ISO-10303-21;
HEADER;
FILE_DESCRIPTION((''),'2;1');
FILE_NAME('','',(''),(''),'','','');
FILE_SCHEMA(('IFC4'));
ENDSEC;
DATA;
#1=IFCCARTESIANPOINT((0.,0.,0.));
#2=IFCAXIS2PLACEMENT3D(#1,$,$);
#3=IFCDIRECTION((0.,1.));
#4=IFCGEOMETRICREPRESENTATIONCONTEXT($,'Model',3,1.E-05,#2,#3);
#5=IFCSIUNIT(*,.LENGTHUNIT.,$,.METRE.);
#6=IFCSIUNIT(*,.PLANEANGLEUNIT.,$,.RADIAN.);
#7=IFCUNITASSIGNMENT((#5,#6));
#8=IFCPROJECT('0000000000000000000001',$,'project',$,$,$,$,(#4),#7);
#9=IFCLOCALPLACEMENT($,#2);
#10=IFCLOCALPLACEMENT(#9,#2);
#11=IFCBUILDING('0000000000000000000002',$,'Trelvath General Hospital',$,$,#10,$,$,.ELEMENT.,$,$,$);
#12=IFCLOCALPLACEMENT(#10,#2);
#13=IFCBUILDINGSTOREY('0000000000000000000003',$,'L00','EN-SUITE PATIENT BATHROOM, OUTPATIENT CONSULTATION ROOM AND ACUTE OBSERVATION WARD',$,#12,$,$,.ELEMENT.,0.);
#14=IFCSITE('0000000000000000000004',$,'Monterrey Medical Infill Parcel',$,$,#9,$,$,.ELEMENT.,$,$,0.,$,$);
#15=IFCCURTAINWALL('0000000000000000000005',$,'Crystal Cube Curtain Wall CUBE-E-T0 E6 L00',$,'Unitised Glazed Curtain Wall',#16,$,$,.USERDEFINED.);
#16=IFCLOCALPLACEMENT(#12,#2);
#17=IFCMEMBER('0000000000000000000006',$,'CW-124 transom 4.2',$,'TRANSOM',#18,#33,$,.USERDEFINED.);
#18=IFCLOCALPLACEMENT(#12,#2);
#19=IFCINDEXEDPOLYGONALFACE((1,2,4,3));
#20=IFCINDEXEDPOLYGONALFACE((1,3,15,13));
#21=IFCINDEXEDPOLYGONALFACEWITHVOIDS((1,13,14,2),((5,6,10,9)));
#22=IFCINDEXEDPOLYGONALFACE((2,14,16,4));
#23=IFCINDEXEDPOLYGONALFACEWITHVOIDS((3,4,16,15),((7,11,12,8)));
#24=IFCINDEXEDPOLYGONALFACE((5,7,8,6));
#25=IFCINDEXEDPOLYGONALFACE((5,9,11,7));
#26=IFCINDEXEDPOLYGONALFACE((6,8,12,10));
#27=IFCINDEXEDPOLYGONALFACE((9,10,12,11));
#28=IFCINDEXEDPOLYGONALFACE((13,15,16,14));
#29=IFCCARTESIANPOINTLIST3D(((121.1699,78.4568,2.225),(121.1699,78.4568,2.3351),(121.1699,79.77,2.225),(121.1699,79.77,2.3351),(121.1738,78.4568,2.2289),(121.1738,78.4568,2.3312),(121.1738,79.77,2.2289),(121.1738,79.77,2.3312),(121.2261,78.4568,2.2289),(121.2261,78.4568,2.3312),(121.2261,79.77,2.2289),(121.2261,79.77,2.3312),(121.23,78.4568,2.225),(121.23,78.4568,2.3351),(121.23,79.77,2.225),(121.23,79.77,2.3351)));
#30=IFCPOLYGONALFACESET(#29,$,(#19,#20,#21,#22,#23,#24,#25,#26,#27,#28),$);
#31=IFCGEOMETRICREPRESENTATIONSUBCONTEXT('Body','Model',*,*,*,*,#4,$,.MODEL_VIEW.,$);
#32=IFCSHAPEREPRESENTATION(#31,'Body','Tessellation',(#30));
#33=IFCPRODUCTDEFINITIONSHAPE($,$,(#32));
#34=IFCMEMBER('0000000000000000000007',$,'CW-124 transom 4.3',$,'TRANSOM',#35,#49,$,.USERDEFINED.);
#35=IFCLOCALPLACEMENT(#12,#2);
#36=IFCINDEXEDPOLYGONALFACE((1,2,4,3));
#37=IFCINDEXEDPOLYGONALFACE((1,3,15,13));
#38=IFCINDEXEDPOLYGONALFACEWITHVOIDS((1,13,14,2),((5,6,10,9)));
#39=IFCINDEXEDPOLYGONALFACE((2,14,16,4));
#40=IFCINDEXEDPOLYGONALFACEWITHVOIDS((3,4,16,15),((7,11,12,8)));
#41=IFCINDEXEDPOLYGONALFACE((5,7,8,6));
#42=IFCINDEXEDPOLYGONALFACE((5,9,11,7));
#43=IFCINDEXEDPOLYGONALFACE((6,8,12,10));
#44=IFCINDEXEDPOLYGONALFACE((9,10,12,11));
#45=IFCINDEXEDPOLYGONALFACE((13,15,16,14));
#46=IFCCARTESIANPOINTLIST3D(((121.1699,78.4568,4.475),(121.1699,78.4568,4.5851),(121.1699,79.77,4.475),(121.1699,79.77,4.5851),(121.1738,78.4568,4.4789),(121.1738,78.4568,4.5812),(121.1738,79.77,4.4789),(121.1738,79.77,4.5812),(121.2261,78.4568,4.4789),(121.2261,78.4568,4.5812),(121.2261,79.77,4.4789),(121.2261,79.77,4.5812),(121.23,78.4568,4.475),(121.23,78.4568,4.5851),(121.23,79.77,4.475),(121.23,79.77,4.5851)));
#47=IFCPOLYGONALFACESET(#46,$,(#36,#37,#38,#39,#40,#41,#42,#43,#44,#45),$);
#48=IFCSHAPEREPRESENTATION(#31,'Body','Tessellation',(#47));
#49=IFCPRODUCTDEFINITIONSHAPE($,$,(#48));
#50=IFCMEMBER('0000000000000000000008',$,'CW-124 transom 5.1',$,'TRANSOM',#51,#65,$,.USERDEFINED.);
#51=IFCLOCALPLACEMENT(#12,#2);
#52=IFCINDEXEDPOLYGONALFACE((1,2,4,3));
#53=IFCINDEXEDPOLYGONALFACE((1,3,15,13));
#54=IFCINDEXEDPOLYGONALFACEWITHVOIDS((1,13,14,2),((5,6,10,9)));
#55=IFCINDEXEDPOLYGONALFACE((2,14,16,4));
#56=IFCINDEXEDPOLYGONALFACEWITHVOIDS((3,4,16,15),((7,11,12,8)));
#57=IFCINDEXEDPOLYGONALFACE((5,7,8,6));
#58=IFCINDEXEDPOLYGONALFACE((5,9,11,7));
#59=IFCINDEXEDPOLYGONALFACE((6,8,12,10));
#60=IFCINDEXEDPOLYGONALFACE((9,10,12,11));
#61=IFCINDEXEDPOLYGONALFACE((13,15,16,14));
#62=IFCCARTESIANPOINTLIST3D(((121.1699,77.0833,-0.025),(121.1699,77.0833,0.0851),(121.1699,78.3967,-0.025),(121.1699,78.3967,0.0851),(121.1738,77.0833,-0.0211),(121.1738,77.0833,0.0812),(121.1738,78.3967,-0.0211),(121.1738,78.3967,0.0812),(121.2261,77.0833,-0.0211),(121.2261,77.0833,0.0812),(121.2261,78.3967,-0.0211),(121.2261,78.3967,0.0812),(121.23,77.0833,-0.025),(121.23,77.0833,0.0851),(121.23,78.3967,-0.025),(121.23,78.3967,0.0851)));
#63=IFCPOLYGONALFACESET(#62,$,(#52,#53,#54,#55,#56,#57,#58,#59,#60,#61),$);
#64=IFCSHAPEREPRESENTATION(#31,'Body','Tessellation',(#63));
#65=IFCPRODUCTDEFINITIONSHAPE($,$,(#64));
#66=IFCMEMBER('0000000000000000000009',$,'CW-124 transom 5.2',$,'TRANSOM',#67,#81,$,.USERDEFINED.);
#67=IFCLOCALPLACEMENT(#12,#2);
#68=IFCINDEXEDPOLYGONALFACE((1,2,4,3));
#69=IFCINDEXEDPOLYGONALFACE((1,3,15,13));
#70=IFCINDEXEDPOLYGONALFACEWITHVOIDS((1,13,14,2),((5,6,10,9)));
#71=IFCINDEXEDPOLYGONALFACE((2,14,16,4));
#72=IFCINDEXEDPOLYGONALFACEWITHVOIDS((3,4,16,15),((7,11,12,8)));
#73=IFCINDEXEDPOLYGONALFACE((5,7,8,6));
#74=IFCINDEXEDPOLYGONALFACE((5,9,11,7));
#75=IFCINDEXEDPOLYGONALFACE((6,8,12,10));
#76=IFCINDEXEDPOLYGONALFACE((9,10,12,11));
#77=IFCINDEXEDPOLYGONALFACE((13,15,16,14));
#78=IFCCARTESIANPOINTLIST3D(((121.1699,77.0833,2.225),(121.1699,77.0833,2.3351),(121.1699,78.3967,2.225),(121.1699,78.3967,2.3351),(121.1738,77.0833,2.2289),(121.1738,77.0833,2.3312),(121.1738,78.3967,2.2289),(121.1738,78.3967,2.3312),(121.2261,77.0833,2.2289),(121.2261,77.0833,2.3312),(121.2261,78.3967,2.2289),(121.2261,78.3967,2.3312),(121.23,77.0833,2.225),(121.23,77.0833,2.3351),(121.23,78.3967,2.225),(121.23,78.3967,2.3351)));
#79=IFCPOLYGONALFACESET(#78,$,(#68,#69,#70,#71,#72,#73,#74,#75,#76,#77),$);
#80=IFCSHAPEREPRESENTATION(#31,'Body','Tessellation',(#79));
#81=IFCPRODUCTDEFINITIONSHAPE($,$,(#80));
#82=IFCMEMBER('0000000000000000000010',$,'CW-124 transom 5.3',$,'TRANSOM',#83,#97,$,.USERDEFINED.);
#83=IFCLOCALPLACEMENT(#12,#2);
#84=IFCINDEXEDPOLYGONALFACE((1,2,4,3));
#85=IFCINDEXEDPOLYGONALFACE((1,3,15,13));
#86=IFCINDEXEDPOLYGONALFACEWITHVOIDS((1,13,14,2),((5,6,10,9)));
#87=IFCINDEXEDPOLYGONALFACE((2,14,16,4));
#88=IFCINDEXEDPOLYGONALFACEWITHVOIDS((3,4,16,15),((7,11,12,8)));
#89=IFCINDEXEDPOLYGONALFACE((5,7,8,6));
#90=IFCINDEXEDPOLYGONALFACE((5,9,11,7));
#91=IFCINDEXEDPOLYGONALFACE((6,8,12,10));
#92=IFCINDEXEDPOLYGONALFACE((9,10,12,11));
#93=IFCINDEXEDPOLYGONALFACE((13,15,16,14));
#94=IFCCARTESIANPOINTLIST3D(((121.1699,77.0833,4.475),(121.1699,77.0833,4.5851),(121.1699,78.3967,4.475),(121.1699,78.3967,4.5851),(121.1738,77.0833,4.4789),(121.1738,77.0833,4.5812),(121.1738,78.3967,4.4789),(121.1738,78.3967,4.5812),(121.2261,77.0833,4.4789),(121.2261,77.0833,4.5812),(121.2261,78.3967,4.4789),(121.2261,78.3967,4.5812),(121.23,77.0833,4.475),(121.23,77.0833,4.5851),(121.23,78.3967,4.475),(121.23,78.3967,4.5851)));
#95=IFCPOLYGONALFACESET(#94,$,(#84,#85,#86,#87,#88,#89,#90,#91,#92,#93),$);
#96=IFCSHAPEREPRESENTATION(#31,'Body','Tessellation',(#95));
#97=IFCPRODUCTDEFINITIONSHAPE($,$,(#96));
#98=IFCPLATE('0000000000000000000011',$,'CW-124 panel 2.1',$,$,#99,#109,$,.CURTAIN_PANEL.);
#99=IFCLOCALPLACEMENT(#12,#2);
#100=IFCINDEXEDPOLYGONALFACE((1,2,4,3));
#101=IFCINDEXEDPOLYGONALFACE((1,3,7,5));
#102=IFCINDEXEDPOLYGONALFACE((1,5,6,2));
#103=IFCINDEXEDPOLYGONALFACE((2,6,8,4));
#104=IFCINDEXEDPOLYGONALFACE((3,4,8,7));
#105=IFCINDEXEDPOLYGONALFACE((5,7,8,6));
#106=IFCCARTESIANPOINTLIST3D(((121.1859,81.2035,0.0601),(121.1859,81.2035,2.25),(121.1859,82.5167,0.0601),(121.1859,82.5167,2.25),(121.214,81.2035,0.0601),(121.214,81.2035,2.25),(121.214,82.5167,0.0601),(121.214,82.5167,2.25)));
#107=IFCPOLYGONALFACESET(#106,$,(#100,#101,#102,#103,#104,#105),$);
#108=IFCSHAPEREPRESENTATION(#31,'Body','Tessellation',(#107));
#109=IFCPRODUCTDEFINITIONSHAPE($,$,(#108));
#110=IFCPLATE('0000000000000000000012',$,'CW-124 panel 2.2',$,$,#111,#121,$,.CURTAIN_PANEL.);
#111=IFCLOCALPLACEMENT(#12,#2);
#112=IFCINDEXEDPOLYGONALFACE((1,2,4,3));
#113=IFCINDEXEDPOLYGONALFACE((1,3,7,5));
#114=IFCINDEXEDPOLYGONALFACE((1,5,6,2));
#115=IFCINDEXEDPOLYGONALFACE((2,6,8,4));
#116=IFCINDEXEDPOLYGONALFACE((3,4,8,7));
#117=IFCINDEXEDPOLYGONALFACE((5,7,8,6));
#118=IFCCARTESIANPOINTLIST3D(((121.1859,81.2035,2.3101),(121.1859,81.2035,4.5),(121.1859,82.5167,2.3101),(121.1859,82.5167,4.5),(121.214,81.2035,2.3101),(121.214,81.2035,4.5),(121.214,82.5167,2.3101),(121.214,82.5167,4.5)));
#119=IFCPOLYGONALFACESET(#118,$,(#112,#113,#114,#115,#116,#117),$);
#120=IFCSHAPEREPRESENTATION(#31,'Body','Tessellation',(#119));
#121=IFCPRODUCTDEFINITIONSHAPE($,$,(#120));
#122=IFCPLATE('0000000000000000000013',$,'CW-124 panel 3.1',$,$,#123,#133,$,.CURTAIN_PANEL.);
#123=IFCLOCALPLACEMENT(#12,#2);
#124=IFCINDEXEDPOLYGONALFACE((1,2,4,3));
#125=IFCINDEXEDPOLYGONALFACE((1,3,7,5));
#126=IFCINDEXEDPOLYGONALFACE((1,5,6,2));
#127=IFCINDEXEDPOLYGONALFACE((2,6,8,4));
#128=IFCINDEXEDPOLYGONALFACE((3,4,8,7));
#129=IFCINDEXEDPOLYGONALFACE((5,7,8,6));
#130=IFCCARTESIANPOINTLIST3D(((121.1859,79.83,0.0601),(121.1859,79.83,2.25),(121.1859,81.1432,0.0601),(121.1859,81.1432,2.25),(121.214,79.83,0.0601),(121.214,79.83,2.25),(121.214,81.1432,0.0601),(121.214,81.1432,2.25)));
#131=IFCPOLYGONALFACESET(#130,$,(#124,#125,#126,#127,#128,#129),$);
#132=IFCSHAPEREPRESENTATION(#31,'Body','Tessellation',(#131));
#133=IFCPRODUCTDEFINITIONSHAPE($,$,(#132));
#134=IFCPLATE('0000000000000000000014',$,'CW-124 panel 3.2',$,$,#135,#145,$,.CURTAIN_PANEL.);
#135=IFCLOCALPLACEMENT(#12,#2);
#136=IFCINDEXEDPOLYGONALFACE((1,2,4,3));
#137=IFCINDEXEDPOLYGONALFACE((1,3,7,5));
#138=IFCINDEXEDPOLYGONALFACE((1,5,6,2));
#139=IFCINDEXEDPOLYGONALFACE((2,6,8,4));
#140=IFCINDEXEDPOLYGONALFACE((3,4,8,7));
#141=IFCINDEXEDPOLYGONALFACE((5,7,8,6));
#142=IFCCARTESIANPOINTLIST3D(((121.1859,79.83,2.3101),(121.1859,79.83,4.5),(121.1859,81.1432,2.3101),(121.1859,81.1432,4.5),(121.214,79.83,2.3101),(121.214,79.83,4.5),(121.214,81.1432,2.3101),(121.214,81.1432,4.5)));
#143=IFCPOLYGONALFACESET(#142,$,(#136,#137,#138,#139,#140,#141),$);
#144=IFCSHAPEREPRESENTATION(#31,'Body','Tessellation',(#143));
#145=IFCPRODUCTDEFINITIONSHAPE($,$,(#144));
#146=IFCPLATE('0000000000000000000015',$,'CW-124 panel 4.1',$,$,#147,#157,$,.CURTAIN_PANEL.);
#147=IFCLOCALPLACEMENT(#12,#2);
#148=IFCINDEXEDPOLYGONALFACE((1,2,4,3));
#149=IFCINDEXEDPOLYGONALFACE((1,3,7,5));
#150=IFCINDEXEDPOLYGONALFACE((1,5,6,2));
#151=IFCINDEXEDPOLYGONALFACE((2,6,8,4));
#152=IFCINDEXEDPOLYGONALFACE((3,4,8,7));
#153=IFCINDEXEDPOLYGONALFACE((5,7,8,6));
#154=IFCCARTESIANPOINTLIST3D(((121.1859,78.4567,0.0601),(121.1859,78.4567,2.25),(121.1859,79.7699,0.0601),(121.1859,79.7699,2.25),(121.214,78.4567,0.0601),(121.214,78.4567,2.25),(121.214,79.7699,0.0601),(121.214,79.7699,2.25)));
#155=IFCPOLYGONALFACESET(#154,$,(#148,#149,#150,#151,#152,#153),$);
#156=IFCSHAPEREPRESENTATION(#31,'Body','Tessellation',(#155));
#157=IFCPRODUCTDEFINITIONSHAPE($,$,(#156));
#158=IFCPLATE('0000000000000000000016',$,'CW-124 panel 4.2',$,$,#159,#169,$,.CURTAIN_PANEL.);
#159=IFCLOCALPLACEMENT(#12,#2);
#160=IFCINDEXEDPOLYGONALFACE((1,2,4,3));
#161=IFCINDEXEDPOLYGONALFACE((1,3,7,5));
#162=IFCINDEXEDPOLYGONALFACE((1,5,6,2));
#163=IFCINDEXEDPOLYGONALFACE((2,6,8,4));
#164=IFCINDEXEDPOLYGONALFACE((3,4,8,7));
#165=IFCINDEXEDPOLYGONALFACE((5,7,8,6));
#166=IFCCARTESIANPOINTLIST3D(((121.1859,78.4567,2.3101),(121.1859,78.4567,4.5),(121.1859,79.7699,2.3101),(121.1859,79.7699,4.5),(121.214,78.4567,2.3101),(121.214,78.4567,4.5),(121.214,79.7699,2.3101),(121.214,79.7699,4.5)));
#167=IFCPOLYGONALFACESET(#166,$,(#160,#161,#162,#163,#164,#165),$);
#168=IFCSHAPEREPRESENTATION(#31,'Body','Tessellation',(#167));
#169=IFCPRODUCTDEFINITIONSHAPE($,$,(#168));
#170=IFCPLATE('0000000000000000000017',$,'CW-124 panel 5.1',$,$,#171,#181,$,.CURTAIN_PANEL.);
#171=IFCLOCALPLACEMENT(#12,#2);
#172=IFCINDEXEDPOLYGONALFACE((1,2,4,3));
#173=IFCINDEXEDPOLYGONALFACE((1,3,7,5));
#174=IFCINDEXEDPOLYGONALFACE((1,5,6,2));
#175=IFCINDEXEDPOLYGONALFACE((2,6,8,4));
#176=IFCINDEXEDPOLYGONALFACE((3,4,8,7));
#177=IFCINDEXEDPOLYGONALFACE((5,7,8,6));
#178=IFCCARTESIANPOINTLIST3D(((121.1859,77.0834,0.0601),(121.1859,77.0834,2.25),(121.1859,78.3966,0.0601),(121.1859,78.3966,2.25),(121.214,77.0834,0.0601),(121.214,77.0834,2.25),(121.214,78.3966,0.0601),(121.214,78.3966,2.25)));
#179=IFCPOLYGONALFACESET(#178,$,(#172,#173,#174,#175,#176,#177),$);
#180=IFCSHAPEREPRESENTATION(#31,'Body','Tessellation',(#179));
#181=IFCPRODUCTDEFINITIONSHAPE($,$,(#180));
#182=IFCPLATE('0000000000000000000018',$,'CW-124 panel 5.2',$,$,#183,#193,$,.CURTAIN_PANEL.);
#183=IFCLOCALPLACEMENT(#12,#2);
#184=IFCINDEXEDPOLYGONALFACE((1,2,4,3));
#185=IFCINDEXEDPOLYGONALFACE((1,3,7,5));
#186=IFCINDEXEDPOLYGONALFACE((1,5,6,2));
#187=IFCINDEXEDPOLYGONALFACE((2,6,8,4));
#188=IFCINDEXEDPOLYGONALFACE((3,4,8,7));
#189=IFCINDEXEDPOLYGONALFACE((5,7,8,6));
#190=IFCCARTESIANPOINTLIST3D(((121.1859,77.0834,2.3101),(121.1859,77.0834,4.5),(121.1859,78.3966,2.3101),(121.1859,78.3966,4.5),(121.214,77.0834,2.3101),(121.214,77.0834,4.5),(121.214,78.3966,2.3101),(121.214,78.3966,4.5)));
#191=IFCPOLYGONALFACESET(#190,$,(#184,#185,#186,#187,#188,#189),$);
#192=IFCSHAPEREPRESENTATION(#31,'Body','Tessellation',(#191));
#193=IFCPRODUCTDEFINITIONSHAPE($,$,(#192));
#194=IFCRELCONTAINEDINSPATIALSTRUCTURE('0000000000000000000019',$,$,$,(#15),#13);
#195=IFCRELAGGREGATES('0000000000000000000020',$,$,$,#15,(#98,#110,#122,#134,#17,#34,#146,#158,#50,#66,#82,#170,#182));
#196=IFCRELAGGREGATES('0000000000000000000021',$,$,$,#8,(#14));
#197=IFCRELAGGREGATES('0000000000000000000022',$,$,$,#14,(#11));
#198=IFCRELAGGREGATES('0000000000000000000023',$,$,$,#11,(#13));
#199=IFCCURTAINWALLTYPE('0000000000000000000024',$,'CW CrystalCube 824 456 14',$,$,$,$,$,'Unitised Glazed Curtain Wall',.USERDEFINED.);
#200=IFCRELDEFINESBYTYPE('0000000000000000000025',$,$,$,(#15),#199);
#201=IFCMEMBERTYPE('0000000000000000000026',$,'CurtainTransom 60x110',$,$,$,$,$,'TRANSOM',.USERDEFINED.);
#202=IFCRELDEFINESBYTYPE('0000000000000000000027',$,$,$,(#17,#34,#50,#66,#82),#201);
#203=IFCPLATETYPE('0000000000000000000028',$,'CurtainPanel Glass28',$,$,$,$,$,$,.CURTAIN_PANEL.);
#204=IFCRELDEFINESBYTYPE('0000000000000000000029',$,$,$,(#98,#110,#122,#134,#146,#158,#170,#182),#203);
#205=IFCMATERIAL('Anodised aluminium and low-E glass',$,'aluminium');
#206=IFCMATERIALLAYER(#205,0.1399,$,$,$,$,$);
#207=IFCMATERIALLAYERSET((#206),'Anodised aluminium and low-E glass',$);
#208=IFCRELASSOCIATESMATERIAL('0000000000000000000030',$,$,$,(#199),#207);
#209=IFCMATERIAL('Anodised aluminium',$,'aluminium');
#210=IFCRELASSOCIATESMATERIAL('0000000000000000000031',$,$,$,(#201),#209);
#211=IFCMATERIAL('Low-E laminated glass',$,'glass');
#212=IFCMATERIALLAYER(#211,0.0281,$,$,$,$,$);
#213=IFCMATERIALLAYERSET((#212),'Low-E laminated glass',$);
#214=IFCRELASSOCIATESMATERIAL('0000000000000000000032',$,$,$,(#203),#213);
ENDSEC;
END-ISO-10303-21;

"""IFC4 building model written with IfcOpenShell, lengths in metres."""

from ifc_helpers import new_model, si_unit, direction, frame, origin, origin_2d, place, context, subcontext, project, spatial, rectangle, hollow_rectangle, extrude, material, layer, layer_set, material_profile, profile_set, type_object, element, aggregate, save


model = new_model("IFC4")

# Units and contexts
model_context = context("Model", 3, precision=1e-05, world=origin(), true_north=direction((0.0, 1.0)))
body_context = subcontext(model_context, "Body", "Model", "MODEL_VIEW")
ifc_project = project(units=[si_unit("LENGTHUNIT", "METRE"), si_unit("PLANEANGLEUNIT", "RADIAN")], contexts=[model_context])

# Site, building, storey
site_placement = place(None, origin())
site = spatial("IfcSite", under=ifc_project, at=site_placement, Name="Monterrey Medical Infill Parcel", CompositionType="ELEMENT", RefElevation=0.0)
building_placement = place(site_placement, origin())
building = spatial("IfcBuilding", under=site, at=building_placement, Name="Trelvath General Hospital", CompositionType="ELEMENT")
storey_placement = place(building_placement, origin())
storey = spatial("IfcBuildingStorey", under=building, at=storey_placement, Name="L00", Description="EN-SUITE PATIENT BATHROOM, OUTPATIENT CONSULTATION ROOM AND ACUTE OBSERVATION WARD", CompositionType="ELEMENT", Elevation=0.0)

# Curtain wall, members, plates
ifc_material_1 = material(Name="Anodised aluminium and low-E glass", Category="aluminium")
ifc_layer_1 = layer(ifc_material_1, 0.1399)
ifc_layer_set_1 = layer_set([ifc_layer_1], Name="Anodised aluminium and low-E glass")
curtain_wall_type = type_object("IfcCurtainWallType", Name="CW CrystalCube 824 456 14", ElementType="Unitised Glazed Curtain Wall", PredefinedType="USERDEFINED", material=ifc_layer_set_1)
curtain_wall_placement = place(storey_placement, origin())
curtain_wall = element("IfcCurtainWall", 1, at=curtain_wall_placement, inside=storey, type_object=curtain_wall_type, Name="Crystal Cube Curtain Wall CUBE-E-T0 E6 L00", ObjectType="Unitised Glazed Curtain Wall", PredefinedType="USERDEFINED")
ifc_material_2 = material(Name="Anodised aluminium", Category="aluminium")
ifc_material_profile_1 = material_profile(ifc_material_2, hollow_rectangle(XDim=0.0601, YDim=0.1101, WallThickness=0.0039, at=origin_2d()), Name="RHS60x110x4")
ifc_profile_set_1 = profile_set([ifc_material_profile_1], Name="Anodised aluminium")
member_type_1 = type_object("IfcMemberType", Name="CurtainTransom 60x110", ElementType="TRANSOM", PredefinedType="USERDEFINED", material=ifc_profile_set_1)
member_1_placement = place(storey_placement, frame((121.2, 79.77, 2.28), z_axis=(0.0, -1.0, 0.0), x_axis=(1.0, 0.0, 0.0)))
member_1 = element("IfcMember", 2, at=member_1_placement, type_object=member_type_1, Name="CW-124 transom 4.2", ObjectType="TRANSOM", PredefinedType="USERDEFINED", context=body_context, shape_type="SweptSolid", body=[
    extrude(hollow_rectangle(XDim=0.0601, YDim=0.1101, WallThickness=0.0039, at=origin_2d()), origin(), (0.0, 0.0, 1.0), 1.3132),
])
member_2_placement = place(storey_placement, frame((121.2, 79.77, 4.53), z_axis=(0.0, -1.0, 0.0), x_axis=(1.0, 0.0, 0.0)))
member_2 = element("IfcMember", 3, at=member_2_placement, type_object=member_type_1, Name="CW-124 transom 4.3", ObjectType="TRANSOM", PredefinedType="USERDEFINED", context=body_context, shape_type="SweptSolid", body=[
    extrude(hollow_rectangle(XDim=0.0601, YDim=0.1101, WallThickness=0.0039, at=origin_2d()), origin(), (0.0, 0.0, 1.0), 1.3132),
])
member_3_placement = place(storey_placement, frame((121.2, 78.3967, 0.03), z_axis=(0.0, -1.0, 0.0), x_axis=(1.0, 0.0, 0.0)))
member_3 = element("IfcMember", 4, at=member_3_placement, type_object=member_type_1, Name="CW-124 transom 5.1", ObjectType="TRANSOM", PredefinedType="USERDEFINED", context=body_context, shape_type="SweptSolid", body=[
    extrude(hollow_rectangle(XDim=0.0601, YDim=0.1101, WallThickness=0.0039, at=origin_2d()), origin(), (0.0, 0.0, 1.0), 1.3135),
])
member_4_placement = place(storey_placement, frame((121.2, 78.3967, 2.28), z_axis=(0.0, -1.0, 0.0), x_axis=(1.0, 0.0, 0.0)))
member_4 = element("IfcMember", 5, at=member_4_placement, type_object=member_type_1, Name="CW-124 transom 5.2", ObjectType="TRANSOM", PredefinedType="USERDEFINED", context=body_context, shape_type="SweptSolid", body=[
    extrude(hollow_rectangle(XDim=0.0601, YDim=0.1101, WallThickness=0.0039, at=origin_2d()), origin(), (0.0, 0.0, 1.0), 1.3135),
])
member_5_placement = place(storey_placement, frame((121.2, 78.3967, 4.53), z_axis=(0.0, -1.0, 0.0), x_axis=(1.0, 0.0, 0.0)))
member_5 = element("IfcMember", 6, at=member_5_placement, type_object=member_type_1, Name="CW-124 transom 5.3", ObjectType="TRANSOM", PredefinedType="USERDEFINED", context=body_context, shape_type="SweptSolid", body=[
    extrude(hollow_rectangle(XDim=0.0601, YDim=0.1101, WallThickness=0.0039, at=origin_2d()), origin(), (0.0, 0.0, 1.0), 1.3135),
])
ifc_material_3 = material(Name="Low-E laminated glass", Category="glass")
ifc_layer_2 = layer(ifc_material_3, 0.0281)
ifc_layer_set_2 = layer_set([ifc_layer_2], Name="Low-E laminated glass")
plate_type = type_object("IfcPlateType", Name="CurtainPanel Glass28", PredefinedType="CURTAIN_PANEL", material=ifc_layer_set_2)
plate_1_placement = place(storey_placement, frame((121.2, 81.8601, 0.0601), z_axis=(0.0, 0.0, 1.0), x_axis=(0.0, -1.0, 0.0)))
plate_1 = element("IfcPlate", 7, at=plate_1_placement, type_object=plate_type, Name="CW-124 panel 2.1", PredefinedType="CURTAIN_PANEL", context=body_context, shape_type="SweptSolid", body=[
    extrude(rectangle(XDim=1.3132, YDim=0.0281, at=origin_2d()), origin(), (0.0, 0.0, 1.0), 2.1899),
])
plate_2_placement = place(storey_placement, frame((121.2, 81.8601, 2.3101), z_axis=(0.0, 0.0, 1.0), x_axis=(0.0, -1.0, 0.0)))
plate_2 = element("IfcPlate", 8, at=plate_2_placement, type_object=plate_type, Name="CW-124 panel 2.2", PredefinedType="CURTAIN_PANEL", context=body_context, shape_type="SweptSolid", body=[
    extrude(rectangle(XDim=1.3132, YDim=0.0281, at=origin_2d()), origin(), (0.0, 0.0, 1.0), 2.1899),
])
plate_3_placement = place(storey_placement, frame((121.2, 80.4866, 0.0601), z_axis=(0.0, 0.0, 1.0), x_axis=(0.0, -1.0, 0.0)))
plate_3 = element("IfcPlate", 9, at=plate_3_placement, type_object=plate_type, Name="CW-124 panel 3.1", PredefinedType="CURTAIN_PANEL", context=body_context, shape_type="SweptSolid", body=[
    extrude(rectangle(XDim=1.3132, YDim=0.0281, at=origin_2d()), origin(), (0.0, 0.0, 1.0), 2.1899),
])
plate_4_placement = place(storey_placement, frame((121.2, 80.4866, 2.3101), z_axis=(0.0, 0.0, 1.0), x_axis=(0.0, -1.0, 0.0)))
plate_4 = element("IfcPlate", 10, at=plate_4_placement, type_object=plate_type, Name="CW-124 panel 3.2", PredefinedType="CURTAIN_PANEL", context=body_context, shape_type="SweptSolid", body=[
    extrude(rectangle(XDim=1.3132, YDim=0.0281, at=origin_2d()), origin(), (0.0, 0.0, 1.0), 2.1899),
])
plate_5_placement = place(storey_placement, frame((121.2, 79.1133, 0.0601), z_axis=(0.0, 0.0, 1.0), x_axis=(0.0, -1.0, 0.0)))
plate_5 = element("IfcPlate", 11, at=plate_5_placement, type_object=plate_type, Name="CW-124 panel 4.1", PredefinedType="CURTAIN_PANEL", context=body_context, shape_type="SweptSolid", body=[
    extrude(rectangle(XDim=1.3132, YDim=0.0281, at=origin_2d()), origin(), (0.0, 0.0, 1.0), 2.1899),
])
plate_6_placement = place(storey_placement, frame((121.2, 79.1133, 2.3101), z_axis=(0.0, 0.0, 1.0), x_axis=(0.0, -1.0, 0.0)))
plate_6 = element("IfcPlate", 12, at=plate_6_placement, type_object=plate_type, Name="CW-124 panel 4.2", PredefinedType="CURTAIN_PANEL", context=body_context, shape_type="SweptSolid", body=[
    extrude(rectangle(XDim=1.3132, YDim=0.0281, at=origin_2d()), origin(), (0.0, 0.0, 1.0), 2.1899),
])
plate_7_placement = place(storey_placement, frame((121.2, 77.74, 0.0601), z_axis=(0.0, 0.0, 1.0), x_axis=(0.0, -1.0, 0.0)))
plate_7 = element("IfcPlate", 13, at=plate_7_placement, type_object=plate_type, Name="CW-124 panel 5.1", PredefinedType="CURTAIN_PANEL", context=body_context, shape_type="SweptSolid", body=[
    extrude(rectangle(XDim=1.3132, YDim=0.0281, at=origin_2d()), origin(), (0.0, 0.0, 1.0), 2.1899),
])
plate_8_placement = place(storey_placement, frame((121.2, 77.74, 2.3101), z_axis=(0.0, 0.0, 1.0), x_axis=(0.0, -1.0, 0.0)))
plate_8 = element("IfcPlate", 14, at=plate_8_placement, type_object=plate_type, Name="CW-124 panel 5.2", PredefinedType="CURTAIN_PANEL", context=body_context, shape_type="SweptSolid", body=[
    extrude(rectangle(XDim=1.3132, YDim=0.0281, at=origin_2d()), origin(), (0.0, 0.0, 1.0), 2.1899),
])
aggregate(curtain_wall, [plate_1, plate_2, plate_3, plate_4, member_1, member_2, plate_5, plate_6, member_3, member_4, member_5, plate_7, plate_8])

save(model, "model.ifc")
